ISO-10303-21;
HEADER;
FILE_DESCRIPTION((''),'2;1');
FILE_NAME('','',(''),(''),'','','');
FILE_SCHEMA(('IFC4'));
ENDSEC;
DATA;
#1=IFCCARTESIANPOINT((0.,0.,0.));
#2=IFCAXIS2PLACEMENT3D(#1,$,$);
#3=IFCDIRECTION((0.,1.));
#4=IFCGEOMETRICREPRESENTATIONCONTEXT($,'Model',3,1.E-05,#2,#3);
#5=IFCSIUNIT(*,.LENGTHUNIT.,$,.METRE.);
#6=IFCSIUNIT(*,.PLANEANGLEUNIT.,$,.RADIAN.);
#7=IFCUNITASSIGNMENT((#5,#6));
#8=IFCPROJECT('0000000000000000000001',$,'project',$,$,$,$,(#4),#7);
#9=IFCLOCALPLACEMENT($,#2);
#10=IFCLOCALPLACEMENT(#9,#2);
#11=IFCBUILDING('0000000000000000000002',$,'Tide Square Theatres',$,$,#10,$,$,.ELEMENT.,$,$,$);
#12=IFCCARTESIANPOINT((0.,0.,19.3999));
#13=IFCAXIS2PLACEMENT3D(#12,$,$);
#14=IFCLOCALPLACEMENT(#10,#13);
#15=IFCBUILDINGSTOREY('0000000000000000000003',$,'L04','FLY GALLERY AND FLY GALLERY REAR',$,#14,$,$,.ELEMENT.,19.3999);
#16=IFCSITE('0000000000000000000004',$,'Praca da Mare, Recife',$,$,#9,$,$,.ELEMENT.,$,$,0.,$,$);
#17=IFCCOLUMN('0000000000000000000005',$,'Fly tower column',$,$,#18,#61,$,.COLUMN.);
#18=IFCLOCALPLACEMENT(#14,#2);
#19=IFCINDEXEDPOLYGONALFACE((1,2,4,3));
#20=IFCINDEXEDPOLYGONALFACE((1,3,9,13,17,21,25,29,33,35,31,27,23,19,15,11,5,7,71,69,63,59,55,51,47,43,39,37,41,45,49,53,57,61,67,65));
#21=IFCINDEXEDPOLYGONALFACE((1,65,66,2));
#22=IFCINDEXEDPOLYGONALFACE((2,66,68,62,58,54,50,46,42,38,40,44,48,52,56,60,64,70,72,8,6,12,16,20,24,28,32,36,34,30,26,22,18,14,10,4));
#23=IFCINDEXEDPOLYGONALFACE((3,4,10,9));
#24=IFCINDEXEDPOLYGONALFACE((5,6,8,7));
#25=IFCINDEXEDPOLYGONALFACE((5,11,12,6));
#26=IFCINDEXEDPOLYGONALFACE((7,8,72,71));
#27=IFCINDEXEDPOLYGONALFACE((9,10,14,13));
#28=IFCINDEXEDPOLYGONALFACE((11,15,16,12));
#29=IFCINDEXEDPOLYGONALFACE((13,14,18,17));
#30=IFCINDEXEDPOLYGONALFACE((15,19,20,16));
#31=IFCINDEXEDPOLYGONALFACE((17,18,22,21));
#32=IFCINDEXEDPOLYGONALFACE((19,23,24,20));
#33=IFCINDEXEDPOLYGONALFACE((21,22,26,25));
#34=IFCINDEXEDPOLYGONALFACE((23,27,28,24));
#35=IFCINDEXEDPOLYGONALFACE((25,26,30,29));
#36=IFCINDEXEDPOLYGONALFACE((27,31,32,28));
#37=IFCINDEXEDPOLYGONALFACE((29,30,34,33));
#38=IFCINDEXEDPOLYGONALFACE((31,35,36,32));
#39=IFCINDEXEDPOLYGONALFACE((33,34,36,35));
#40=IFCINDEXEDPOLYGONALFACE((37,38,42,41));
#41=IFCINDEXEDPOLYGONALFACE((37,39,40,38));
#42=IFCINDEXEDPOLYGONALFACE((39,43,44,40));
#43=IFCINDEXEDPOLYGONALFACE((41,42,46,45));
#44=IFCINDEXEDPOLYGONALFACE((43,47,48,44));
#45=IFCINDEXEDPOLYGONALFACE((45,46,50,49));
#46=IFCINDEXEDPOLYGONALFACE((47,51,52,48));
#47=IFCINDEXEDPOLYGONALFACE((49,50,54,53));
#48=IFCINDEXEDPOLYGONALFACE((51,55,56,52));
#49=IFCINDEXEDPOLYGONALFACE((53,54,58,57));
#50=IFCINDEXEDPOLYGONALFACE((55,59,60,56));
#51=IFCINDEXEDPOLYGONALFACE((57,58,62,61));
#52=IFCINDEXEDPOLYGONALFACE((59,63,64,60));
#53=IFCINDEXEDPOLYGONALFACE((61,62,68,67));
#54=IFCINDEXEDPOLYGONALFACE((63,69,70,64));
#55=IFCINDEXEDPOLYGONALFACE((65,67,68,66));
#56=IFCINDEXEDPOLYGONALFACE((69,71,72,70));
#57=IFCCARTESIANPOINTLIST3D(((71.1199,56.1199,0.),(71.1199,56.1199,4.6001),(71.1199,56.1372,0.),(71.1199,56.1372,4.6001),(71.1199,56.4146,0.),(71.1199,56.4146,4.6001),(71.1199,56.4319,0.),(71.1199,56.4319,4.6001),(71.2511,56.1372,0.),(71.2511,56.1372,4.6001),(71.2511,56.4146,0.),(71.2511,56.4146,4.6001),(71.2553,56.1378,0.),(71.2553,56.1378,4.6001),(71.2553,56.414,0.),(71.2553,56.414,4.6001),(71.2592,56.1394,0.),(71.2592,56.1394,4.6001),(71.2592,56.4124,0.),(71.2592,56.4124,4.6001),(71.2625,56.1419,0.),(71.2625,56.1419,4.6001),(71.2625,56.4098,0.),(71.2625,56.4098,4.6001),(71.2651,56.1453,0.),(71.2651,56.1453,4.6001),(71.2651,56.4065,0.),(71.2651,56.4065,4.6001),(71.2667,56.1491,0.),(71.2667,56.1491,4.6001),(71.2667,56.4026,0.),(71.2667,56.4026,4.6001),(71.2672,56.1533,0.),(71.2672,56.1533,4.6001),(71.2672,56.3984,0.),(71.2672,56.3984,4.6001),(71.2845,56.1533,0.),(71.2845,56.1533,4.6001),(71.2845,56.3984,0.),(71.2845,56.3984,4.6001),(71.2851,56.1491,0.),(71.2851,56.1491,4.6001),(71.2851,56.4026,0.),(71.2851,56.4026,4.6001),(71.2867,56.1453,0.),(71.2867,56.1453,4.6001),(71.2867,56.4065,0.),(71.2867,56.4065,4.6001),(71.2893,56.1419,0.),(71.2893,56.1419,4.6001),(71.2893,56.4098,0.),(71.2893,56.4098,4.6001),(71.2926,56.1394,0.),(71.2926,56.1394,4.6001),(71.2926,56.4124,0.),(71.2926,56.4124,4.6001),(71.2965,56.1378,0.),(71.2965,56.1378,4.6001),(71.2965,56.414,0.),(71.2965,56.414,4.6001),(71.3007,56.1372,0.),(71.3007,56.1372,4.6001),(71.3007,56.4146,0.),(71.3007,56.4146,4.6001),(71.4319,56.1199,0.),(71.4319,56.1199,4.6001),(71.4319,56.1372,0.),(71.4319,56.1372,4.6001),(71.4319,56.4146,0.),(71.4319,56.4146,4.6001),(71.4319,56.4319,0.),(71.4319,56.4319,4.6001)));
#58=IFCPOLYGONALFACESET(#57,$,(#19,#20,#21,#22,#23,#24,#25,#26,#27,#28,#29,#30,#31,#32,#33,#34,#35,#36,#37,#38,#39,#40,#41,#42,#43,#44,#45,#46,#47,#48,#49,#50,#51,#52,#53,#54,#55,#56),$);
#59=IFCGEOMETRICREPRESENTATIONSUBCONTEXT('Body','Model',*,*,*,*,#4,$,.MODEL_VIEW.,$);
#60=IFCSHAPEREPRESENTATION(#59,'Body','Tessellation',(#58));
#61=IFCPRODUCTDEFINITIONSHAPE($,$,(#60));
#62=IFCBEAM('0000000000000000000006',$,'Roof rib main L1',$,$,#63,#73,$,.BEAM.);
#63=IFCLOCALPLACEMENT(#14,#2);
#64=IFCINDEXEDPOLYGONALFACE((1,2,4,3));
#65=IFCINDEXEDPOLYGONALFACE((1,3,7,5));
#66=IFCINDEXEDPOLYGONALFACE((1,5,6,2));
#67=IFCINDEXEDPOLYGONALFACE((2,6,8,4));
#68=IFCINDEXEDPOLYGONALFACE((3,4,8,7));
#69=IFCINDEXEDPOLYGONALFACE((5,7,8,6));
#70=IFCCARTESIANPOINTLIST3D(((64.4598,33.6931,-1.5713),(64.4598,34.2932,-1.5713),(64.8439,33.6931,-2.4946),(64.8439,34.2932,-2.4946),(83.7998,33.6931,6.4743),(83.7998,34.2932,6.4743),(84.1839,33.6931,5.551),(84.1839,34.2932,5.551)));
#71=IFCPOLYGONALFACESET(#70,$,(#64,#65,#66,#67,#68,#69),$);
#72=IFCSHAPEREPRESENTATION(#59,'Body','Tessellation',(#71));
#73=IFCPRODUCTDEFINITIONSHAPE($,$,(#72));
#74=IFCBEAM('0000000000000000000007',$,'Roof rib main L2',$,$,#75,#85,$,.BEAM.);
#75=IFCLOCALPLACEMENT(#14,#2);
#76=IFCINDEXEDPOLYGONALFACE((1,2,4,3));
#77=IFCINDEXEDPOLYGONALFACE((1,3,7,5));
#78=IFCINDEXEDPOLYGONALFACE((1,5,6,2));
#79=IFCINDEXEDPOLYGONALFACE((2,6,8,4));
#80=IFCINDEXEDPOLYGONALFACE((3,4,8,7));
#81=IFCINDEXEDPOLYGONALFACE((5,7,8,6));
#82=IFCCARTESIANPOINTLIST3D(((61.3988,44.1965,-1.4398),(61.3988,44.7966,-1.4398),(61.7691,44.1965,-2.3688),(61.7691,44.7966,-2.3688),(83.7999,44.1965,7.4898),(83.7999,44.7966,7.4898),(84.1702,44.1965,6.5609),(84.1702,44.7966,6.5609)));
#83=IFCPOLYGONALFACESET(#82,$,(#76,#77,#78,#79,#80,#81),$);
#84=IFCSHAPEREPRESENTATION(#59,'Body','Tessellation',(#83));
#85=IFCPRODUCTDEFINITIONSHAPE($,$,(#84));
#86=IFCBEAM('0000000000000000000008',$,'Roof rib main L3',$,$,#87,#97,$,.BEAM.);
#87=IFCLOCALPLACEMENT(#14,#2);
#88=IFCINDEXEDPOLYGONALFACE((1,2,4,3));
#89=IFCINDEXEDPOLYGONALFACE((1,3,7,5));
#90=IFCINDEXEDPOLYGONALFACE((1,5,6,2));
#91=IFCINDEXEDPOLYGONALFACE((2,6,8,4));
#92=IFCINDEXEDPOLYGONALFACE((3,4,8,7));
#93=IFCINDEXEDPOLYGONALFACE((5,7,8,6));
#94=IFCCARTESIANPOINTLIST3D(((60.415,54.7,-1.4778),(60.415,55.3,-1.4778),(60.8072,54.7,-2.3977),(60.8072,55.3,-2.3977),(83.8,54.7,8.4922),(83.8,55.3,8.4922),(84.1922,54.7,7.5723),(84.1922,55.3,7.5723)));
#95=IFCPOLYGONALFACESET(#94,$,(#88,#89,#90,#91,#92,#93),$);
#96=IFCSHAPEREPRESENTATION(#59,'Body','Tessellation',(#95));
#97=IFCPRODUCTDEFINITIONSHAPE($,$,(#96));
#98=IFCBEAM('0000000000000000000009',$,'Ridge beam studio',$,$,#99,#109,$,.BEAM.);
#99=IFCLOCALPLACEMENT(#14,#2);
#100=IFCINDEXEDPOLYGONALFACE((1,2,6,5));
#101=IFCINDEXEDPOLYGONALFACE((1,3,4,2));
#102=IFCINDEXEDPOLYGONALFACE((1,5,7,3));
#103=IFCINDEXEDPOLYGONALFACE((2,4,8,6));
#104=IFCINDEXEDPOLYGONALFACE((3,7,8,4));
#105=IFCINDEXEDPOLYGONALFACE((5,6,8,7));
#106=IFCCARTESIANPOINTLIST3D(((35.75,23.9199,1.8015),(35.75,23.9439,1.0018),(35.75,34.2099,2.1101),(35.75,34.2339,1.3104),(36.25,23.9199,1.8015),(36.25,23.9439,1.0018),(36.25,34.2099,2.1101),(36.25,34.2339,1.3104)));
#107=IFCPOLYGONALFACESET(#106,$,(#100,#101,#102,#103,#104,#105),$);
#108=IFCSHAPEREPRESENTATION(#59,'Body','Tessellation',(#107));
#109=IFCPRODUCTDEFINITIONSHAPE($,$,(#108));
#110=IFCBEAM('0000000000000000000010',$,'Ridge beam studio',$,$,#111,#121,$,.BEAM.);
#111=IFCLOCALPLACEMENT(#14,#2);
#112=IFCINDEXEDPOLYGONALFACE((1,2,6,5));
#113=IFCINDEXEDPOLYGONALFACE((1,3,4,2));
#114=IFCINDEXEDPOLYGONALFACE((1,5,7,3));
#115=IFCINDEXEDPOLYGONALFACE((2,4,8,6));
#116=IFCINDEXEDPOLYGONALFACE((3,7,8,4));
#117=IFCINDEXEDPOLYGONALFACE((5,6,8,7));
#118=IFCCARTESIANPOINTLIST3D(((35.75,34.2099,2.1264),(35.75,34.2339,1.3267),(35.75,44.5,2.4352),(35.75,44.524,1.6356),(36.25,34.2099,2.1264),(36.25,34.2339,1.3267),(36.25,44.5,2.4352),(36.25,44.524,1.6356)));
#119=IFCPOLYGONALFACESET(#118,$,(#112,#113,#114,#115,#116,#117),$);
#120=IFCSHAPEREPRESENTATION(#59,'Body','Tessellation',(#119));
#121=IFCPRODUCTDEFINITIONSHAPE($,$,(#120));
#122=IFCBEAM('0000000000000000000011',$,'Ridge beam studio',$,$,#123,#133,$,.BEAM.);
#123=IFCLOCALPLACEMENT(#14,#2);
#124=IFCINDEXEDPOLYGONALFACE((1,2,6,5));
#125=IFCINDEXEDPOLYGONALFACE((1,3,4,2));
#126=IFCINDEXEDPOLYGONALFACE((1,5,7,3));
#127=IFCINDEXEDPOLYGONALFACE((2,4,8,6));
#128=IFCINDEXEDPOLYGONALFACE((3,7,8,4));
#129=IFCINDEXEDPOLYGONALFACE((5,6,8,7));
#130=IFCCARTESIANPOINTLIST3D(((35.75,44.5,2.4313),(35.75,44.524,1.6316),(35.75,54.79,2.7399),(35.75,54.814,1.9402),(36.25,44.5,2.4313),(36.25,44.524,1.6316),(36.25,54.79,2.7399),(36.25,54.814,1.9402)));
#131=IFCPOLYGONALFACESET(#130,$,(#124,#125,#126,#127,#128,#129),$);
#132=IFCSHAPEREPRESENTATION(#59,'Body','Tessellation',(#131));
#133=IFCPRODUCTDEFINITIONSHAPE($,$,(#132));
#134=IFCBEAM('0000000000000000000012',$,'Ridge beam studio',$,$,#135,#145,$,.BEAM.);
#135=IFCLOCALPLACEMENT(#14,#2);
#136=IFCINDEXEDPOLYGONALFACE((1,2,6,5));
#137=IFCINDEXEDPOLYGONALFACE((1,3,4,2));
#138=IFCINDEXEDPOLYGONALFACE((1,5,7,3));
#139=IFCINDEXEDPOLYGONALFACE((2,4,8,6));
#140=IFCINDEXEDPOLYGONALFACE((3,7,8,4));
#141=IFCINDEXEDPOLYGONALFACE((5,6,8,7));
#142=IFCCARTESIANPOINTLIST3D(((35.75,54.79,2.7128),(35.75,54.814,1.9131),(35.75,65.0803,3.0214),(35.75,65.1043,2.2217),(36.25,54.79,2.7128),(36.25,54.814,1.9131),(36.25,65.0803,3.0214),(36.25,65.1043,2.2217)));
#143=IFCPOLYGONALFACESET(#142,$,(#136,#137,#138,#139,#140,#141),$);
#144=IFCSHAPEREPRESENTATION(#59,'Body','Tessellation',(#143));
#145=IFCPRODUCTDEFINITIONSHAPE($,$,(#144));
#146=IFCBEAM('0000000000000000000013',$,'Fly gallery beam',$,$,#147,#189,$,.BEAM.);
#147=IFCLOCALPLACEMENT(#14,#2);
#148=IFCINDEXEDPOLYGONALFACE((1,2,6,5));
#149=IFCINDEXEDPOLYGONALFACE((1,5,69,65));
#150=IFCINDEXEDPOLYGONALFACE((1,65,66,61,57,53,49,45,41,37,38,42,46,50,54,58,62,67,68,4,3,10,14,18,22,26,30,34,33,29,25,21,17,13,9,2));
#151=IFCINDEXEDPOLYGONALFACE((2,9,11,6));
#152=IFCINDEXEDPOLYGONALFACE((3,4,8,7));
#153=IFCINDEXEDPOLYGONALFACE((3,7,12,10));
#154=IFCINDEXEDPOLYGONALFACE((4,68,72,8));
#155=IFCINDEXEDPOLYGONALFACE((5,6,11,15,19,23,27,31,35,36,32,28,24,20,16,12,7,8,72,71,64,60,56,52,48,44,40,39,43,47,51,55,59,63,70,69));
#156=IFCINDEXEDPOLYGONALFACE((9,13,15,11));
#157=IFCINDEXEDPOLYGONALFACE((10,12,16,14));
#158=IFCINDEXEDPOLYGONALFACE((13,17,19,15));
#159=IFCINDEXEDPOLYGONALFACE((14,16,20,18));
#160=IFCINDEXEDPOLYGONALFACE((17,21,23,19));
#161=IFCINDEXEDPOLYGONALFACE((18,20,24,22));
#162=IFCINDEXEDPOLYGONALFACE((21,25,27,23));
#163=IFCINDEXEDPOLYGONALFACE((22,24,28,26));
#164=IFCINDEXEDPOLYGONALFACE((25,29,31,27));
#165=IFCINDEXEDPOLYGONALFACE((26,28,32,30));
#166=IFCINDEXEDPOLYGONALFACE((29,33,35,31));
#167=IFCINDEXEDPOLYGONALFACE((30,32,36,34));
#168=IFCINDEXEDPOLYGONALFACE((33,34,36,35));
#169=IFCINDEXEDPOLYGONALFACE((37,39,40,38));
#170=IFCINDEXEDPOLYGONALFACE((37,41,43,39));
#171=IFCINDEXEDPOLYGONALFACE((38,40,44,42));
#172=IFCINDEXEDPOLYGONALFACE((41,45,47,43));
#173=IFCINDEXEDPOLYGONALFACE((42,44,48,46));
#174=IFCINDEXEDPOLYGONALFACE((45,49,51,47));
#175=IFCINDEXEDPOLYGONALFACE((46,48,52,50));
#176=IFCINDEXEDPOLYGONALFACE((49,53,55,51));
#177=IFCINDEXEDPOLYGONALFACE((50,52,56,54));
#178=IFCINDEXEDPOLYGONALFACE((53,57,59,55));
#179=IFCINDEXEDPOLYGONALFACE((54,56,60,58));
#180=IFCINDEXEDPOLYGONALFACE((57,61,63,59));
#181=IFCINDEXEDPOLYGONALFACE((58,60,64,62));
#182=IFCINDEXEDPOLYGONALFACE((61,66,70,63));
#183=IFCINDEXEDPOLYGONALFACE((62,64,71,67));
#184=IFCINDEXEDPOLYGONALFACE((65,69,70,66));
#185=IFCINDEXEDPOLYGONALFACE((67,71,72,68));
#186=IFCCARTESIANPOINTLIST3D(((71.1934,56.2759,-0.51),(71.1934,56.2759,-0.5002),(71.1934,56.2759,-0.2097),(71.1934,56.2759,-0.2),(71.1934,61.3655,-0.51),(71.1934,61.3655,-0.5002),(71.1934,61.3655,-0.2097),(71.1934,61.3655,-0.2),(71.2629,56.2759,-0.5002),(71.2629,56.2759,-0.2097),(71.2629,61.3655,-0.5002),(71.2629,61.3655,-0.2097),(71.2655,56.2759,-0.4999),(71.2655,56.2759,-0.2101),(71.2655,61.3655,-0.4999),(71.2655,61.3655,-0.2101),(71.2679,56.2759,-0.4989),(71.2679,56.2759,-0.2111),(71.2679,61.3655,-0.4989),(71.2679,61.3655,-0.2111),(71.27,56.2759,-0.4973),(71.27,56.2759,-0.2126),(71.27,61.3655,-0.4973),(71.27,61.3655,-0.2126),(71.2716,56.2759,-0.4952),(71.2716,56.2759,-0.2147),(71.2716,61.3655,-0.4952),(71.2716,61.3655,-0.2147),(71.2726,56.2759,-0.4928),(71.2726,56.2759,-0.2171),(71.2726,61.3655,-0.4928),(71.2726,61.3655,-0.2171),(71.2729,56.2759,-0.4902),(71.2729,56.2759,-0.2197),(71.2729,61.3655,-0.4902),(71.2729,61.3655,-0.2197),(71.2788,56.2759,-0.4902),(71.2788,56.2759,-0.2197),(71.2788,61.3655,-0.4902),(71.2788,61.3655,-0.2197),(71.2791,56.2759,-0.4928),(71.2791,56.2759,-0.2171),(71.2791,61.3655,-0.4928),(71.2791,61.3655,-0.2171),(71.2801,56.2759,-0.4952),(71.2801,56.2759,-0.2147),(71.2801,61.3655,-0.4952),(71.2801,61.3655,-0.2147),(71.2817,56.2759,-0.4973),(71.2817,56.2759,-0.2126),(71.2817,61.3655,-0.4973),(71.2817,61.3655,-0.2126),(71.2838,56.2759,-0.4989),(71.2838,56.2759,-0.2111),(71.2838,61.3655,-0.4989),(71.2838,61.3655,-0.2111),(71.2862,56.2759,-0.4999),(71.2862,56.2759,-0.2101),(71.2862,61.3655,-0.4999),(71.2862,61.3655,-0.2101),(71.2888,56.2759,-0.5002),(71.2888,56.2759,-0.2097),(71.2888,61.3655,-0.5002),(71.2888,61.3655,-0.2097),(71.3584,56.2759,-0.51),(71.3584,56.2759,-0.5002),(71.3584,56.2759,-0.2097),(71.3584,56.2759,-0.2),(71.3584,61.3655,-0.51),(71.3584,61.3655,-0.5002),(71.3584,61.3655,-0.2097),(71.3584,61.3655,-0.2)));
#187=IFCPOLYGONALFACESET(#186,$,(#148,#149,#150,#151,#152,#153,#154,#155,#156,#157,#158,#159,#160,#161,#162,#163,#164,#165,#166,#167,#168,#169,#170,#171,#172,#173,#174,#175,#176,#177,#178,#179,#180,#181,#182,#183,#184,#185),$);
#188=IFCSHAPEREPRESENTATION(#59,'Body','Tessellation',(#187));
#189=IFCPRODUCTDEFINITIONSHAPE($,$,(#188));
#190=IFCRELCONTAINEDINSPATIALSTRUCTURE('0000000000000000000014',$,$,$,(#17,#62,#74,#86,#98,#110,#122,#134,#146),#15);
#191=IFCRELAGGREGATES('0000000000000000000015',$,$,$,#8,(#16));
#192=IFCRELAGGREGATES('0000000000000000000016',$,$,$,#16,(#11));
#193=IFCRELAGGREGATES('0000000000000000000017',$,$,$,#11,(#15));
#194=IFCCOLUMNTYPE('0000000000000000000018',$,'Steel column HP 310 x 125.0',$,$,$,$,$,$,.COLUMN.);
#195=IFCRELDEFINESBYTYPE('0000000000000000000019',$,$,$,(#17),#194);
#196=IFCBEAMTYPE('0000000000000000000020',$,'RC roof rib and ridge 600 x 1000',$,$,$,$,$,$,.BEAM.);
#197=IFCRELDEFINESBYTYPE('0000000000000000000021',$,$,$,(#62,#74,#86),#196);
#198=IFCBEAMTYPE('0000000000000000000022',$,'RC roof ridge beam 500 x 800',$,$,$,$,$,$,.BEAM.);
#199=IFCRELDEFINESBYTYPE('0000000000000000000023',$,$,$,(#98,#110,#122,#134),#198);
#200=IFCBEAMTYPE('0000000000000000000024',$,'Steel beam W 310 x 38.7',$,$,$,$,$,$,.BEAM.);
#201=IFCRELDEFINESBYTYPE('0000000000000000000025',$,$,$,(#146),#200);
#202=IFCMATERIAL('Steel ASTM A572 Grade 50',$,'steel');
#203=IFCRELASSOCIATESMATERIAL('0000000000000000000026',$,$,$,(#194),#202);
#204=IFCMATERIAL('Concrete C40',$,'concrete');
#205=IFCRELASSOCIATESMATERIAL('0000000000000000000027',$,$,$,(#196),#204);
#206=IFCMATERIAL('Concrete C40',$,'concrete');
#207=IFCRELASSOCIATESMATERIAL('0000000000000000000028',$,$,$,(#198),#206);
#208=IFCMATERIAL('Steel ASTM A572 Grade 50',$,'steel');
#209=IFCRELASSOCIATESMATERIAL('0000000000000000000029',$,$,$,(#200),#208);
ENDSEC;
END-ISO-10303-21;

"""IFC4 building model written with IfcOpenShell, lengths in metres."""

from ifc_helpers import new_model, si_unit, direction, frame, origin, origin_2d, place, context, subcontext, project, spatial, rectangle, i_section, extrude, material, material_profile, profile_set, type_object, element, save


model = new_model("IFC4")

# Units and contexts
model_context = context("Model", 3, precision=1e-05, world=origin(), true_north=direction((0.0, 1.0)))
body_context = subcontext(model_context, "Body", "Model", "MODEL_VIEW")
ifc_project = project(units=[si_unit("LENGTHUNIT", "METRE"), si_unit("PLANEANGLEUNIT", "RADIAN")], contexts=[model_context])

# Site, building, storey
site_placement = place(None, origin())
site = spatial("IfcSite", under=ifc_project, at=site_placement, Name="Praca da Mare, Recife", CompositionType="ELEMENT", RefElevation=0.0)
building_placement = place(site_placement, origin())
building = spatial("IfcBuilding", under=site, at=building_placement, Name="Tide Square Theatres", CompositionType="ELEMENT")
storey_placement = place(building_placement, frame((0.0, 0.0, 19.3999)))
storey = spatial("IfcBuildingStorey", under=building, at=storey_placement, Name="L04", Description="FLY GALLERY AND FLY GALLERY REAR", CompositionType="ELEMENT", Elevation=19.3999)

# Column
ifc_material_1 = material(Name="Steel ASTM A572 Grade 50", Category="steel")
ifc_material_profile_1 = material_profile(ifc_material_1, i_section(OverallWidth=0.312, OverallDepth=0.312, WebThickness=0.0173, FlangeThickness=0.0173, FilletRadius=0.0161, at=origin_2d()))
ifc_profile_set_1 = profile_set([ifc_material_profile_1], Name="Steel ASTM A572 Grade 50")
column_type = type_object("IfcColumnType", Name="Steel column HP 310 x 125.0", PredefinedType="COLUMN", material=ifc_profile_set_1)
column_placement = place(storey_placement, frame((71.2759, 56.2759, 0.0), z_axis=(0.0, 0.0, 1.0), x_axis=(1.0, 0.0, 0.0)))
element("IfcColumn", 1, at=column_placement, inside=storey, type_object=column_type, Name="Fly tower column", PredefinedType="COLUMN", context=body_context, shape_type="SweptSolid", body=[
    extrude(i_section(OverallWidth=0.312, OverallDepth=0.312, WebThickness=0.0173, FlangeThickness=0.0173, FilletRadius=0.0161, at=origin_2d()), origin(), (0.0, 0.0, 1.0), 4.6001),
])

# Beams
ifc_material_2 = material(Name="Concrete C40", Category="concrete")
ifc_material_profile_2 = material_profile(ifc_material_2, rectangle(XDim=0.6001, YDim=1.0, at=origin_2d()))
ifc_profile_set_2 = profile_set([ifc_material_profile_2], Name="Concrete C40")
beam_type_1 = type_object("IfcBeamType", Name="RC roof rib and ridge 600 x 1000", PredefinedType="BEAM", material=ifc_profile_set_2)
beam_1_placement = place(storey_placement, frame((64.6519, 33.9932, -2.033), z_axis=(0.923292, 0.0, 0.384098), x_axis=(0.0, 1.0, 0.0)))
element("IfcBeam", 2, at=beam_1_placement, inside=storey, type_object=beam_type_1, Name="Roof rib main L1", PredefinedType="BEAM", context=body_context, shape_type="SweptSolid", body=[
    extrude(rectangle(XDim=0.6001, YDim=1.0, at=origin_2d()), origin(), (0.0, 0.0, 1.0), 20.9468),
])
beam_2_placement = place(storey_placement, frame((61.584, 44.4966, -1.9043), z_axis=(0.928916, 0.0, 0.370291), x_axis=(0.0, 1.0, 0.0)))
element("IfcBeam", 3, at=beam_2_placement, inside=storey, type_object=beam_type_1, Name="Roof rib main L2", PredefinedType="BEAM", context=body_context, shape_type="SweptSolid", body=[
    extrude(rectangle(XDim=0.6001, YDim=1.0, at=origin_2d()), origin(), (0.0, 0.0, 1.0), 24.1152),
])
beam_3_placement = place(storey_placement, frame((60.6111, 55.0, -1.9377), z_axis=(0.919887, 0.0, 0.392185), x_axis=(0.0, 1.0, 0.0)))
element("IfcBeam", 4, at=beam_3_placement, inside=storey, type_object=beam_type_1, Name="Roof rib main L3", PredefinedType="BEAM", context=body_context, shape_type="SweptSolid", body=[
    extrude(rectangle(XDim=0.6001, YDim=1.0, at=origin_2d()), origin(), (0.0, 0.0, 1.0), 25.4216),
])
ifc_material_3 = material(Name="Concrete C40", Category="concrete")
ifc_material_profile_3 = material_profile(ifc_material_3, rectangle(XDim=0.5, YDim=0.8, at=origin_2d()))
ifc_profile_set_3 = profile_set([ifc_material_profile_3], Name="Concrete C40")
beam_type_2 = type_object("IfcBeamType", Name="RC roof ridge beam 500 x 800", PredefinedType="BEAM", material=ifc_profile_set_3)
for number, where, z_axis, x_axis, name in (
    (5, (36.0, 23.9319, 1.4016), (0.0, 0.999551, 0.029976), (-1.0, 0.0, 0.0), "Ridge beam studio"),
    (6, (36.0, 34.2219, 1.7266), (0.0, 0.99955, 0.03), (-1.0, 0.0, 0.0), "Ridge beam studio"),
    (7, (36.0, 44.512, 2.0315), (0.0, 0.999551, 0.029976), (-1.0, 0.0, 0.0), "Ridge beam studio"),
):
    element("IfcBeam", number, at=place(storey_placement, frame(where, z_axis=z_axis, x_axis=x_axis)), inside=storey, type_object=beam_type_2, Name=name, PredefinedType="BEAM", context=body_context, shape_type="SweptSolid", body=[
        extrude(rectangle(XDim=0.5, YDim=0.8, at=origin_2d()), origin(), (0.0, 0.0, 1.0), 10.2947),
    ])
beam_4_placement = place(storey_placement, frame((36.0, 54.802, 2.313), z_axis=(0.0, 0.999551, 0.029975), x_axis=(-1.0, 0.0, 0.0)))
element("IfcBeam", 8, at=beam_4_placement, inside=storey, type_object=beam_type_2, Name="Ridge beam studio", PredefinedType="BEAM", context=body_context, shape_type="SweptSolid", body=[
    extrude(rectangle(XDim=0.5, YDim=0.8, at=origin_2d()), origin(), (0.0, 0.0, 1.0), 10.2949),
])
ifc_material_4 = material(Name="Steel ASTM A572 Grade 50", Category="steel")
ifc_material_profile_4 = material_profile(ifc_material_4, i_section(OverallWidth=0.165, OverallDepth=0.3101, WebThickness=0.0059, FlangeThickness=0.0098, FilletRadius=0.01, at=origin_2d()))
ifc_profile_set_4 = profile_set([ifc_material_profile_4], Name="Steel ASTM A572 Grade 50")
beam_type_3 = type_object("IfcBeamType", Name="Steel beam W 310 x 38.7", PredefinedType="BEAM", material=ifc_profile_set_4)
beam_5_placement = place(storey_placement, frame((71.2759, 56.2759, -0.355), z_axis=(0.0, 1.0, 0.0), x_axis=(-1.0, 0.0, 0.0)))
element("IfcBeam", 9, at=beam_5_placement, inside=storey, type_object=beam_type_3, Name="Fly gallery beam", PredefinedType="BEAM", context=body_context, shape_type="SweptSolid", body=[
    extrude(i_section(OverallWidth=0.165, OverallDepth=0.3101, WebThickness=0.0059, FlangeThickness=0.0098, FilletRadius=0.01, at=origin_2d()), origin(), (0.0, 0.0, 1.0), 5.0896),
])

save(model, "model.ifc")
